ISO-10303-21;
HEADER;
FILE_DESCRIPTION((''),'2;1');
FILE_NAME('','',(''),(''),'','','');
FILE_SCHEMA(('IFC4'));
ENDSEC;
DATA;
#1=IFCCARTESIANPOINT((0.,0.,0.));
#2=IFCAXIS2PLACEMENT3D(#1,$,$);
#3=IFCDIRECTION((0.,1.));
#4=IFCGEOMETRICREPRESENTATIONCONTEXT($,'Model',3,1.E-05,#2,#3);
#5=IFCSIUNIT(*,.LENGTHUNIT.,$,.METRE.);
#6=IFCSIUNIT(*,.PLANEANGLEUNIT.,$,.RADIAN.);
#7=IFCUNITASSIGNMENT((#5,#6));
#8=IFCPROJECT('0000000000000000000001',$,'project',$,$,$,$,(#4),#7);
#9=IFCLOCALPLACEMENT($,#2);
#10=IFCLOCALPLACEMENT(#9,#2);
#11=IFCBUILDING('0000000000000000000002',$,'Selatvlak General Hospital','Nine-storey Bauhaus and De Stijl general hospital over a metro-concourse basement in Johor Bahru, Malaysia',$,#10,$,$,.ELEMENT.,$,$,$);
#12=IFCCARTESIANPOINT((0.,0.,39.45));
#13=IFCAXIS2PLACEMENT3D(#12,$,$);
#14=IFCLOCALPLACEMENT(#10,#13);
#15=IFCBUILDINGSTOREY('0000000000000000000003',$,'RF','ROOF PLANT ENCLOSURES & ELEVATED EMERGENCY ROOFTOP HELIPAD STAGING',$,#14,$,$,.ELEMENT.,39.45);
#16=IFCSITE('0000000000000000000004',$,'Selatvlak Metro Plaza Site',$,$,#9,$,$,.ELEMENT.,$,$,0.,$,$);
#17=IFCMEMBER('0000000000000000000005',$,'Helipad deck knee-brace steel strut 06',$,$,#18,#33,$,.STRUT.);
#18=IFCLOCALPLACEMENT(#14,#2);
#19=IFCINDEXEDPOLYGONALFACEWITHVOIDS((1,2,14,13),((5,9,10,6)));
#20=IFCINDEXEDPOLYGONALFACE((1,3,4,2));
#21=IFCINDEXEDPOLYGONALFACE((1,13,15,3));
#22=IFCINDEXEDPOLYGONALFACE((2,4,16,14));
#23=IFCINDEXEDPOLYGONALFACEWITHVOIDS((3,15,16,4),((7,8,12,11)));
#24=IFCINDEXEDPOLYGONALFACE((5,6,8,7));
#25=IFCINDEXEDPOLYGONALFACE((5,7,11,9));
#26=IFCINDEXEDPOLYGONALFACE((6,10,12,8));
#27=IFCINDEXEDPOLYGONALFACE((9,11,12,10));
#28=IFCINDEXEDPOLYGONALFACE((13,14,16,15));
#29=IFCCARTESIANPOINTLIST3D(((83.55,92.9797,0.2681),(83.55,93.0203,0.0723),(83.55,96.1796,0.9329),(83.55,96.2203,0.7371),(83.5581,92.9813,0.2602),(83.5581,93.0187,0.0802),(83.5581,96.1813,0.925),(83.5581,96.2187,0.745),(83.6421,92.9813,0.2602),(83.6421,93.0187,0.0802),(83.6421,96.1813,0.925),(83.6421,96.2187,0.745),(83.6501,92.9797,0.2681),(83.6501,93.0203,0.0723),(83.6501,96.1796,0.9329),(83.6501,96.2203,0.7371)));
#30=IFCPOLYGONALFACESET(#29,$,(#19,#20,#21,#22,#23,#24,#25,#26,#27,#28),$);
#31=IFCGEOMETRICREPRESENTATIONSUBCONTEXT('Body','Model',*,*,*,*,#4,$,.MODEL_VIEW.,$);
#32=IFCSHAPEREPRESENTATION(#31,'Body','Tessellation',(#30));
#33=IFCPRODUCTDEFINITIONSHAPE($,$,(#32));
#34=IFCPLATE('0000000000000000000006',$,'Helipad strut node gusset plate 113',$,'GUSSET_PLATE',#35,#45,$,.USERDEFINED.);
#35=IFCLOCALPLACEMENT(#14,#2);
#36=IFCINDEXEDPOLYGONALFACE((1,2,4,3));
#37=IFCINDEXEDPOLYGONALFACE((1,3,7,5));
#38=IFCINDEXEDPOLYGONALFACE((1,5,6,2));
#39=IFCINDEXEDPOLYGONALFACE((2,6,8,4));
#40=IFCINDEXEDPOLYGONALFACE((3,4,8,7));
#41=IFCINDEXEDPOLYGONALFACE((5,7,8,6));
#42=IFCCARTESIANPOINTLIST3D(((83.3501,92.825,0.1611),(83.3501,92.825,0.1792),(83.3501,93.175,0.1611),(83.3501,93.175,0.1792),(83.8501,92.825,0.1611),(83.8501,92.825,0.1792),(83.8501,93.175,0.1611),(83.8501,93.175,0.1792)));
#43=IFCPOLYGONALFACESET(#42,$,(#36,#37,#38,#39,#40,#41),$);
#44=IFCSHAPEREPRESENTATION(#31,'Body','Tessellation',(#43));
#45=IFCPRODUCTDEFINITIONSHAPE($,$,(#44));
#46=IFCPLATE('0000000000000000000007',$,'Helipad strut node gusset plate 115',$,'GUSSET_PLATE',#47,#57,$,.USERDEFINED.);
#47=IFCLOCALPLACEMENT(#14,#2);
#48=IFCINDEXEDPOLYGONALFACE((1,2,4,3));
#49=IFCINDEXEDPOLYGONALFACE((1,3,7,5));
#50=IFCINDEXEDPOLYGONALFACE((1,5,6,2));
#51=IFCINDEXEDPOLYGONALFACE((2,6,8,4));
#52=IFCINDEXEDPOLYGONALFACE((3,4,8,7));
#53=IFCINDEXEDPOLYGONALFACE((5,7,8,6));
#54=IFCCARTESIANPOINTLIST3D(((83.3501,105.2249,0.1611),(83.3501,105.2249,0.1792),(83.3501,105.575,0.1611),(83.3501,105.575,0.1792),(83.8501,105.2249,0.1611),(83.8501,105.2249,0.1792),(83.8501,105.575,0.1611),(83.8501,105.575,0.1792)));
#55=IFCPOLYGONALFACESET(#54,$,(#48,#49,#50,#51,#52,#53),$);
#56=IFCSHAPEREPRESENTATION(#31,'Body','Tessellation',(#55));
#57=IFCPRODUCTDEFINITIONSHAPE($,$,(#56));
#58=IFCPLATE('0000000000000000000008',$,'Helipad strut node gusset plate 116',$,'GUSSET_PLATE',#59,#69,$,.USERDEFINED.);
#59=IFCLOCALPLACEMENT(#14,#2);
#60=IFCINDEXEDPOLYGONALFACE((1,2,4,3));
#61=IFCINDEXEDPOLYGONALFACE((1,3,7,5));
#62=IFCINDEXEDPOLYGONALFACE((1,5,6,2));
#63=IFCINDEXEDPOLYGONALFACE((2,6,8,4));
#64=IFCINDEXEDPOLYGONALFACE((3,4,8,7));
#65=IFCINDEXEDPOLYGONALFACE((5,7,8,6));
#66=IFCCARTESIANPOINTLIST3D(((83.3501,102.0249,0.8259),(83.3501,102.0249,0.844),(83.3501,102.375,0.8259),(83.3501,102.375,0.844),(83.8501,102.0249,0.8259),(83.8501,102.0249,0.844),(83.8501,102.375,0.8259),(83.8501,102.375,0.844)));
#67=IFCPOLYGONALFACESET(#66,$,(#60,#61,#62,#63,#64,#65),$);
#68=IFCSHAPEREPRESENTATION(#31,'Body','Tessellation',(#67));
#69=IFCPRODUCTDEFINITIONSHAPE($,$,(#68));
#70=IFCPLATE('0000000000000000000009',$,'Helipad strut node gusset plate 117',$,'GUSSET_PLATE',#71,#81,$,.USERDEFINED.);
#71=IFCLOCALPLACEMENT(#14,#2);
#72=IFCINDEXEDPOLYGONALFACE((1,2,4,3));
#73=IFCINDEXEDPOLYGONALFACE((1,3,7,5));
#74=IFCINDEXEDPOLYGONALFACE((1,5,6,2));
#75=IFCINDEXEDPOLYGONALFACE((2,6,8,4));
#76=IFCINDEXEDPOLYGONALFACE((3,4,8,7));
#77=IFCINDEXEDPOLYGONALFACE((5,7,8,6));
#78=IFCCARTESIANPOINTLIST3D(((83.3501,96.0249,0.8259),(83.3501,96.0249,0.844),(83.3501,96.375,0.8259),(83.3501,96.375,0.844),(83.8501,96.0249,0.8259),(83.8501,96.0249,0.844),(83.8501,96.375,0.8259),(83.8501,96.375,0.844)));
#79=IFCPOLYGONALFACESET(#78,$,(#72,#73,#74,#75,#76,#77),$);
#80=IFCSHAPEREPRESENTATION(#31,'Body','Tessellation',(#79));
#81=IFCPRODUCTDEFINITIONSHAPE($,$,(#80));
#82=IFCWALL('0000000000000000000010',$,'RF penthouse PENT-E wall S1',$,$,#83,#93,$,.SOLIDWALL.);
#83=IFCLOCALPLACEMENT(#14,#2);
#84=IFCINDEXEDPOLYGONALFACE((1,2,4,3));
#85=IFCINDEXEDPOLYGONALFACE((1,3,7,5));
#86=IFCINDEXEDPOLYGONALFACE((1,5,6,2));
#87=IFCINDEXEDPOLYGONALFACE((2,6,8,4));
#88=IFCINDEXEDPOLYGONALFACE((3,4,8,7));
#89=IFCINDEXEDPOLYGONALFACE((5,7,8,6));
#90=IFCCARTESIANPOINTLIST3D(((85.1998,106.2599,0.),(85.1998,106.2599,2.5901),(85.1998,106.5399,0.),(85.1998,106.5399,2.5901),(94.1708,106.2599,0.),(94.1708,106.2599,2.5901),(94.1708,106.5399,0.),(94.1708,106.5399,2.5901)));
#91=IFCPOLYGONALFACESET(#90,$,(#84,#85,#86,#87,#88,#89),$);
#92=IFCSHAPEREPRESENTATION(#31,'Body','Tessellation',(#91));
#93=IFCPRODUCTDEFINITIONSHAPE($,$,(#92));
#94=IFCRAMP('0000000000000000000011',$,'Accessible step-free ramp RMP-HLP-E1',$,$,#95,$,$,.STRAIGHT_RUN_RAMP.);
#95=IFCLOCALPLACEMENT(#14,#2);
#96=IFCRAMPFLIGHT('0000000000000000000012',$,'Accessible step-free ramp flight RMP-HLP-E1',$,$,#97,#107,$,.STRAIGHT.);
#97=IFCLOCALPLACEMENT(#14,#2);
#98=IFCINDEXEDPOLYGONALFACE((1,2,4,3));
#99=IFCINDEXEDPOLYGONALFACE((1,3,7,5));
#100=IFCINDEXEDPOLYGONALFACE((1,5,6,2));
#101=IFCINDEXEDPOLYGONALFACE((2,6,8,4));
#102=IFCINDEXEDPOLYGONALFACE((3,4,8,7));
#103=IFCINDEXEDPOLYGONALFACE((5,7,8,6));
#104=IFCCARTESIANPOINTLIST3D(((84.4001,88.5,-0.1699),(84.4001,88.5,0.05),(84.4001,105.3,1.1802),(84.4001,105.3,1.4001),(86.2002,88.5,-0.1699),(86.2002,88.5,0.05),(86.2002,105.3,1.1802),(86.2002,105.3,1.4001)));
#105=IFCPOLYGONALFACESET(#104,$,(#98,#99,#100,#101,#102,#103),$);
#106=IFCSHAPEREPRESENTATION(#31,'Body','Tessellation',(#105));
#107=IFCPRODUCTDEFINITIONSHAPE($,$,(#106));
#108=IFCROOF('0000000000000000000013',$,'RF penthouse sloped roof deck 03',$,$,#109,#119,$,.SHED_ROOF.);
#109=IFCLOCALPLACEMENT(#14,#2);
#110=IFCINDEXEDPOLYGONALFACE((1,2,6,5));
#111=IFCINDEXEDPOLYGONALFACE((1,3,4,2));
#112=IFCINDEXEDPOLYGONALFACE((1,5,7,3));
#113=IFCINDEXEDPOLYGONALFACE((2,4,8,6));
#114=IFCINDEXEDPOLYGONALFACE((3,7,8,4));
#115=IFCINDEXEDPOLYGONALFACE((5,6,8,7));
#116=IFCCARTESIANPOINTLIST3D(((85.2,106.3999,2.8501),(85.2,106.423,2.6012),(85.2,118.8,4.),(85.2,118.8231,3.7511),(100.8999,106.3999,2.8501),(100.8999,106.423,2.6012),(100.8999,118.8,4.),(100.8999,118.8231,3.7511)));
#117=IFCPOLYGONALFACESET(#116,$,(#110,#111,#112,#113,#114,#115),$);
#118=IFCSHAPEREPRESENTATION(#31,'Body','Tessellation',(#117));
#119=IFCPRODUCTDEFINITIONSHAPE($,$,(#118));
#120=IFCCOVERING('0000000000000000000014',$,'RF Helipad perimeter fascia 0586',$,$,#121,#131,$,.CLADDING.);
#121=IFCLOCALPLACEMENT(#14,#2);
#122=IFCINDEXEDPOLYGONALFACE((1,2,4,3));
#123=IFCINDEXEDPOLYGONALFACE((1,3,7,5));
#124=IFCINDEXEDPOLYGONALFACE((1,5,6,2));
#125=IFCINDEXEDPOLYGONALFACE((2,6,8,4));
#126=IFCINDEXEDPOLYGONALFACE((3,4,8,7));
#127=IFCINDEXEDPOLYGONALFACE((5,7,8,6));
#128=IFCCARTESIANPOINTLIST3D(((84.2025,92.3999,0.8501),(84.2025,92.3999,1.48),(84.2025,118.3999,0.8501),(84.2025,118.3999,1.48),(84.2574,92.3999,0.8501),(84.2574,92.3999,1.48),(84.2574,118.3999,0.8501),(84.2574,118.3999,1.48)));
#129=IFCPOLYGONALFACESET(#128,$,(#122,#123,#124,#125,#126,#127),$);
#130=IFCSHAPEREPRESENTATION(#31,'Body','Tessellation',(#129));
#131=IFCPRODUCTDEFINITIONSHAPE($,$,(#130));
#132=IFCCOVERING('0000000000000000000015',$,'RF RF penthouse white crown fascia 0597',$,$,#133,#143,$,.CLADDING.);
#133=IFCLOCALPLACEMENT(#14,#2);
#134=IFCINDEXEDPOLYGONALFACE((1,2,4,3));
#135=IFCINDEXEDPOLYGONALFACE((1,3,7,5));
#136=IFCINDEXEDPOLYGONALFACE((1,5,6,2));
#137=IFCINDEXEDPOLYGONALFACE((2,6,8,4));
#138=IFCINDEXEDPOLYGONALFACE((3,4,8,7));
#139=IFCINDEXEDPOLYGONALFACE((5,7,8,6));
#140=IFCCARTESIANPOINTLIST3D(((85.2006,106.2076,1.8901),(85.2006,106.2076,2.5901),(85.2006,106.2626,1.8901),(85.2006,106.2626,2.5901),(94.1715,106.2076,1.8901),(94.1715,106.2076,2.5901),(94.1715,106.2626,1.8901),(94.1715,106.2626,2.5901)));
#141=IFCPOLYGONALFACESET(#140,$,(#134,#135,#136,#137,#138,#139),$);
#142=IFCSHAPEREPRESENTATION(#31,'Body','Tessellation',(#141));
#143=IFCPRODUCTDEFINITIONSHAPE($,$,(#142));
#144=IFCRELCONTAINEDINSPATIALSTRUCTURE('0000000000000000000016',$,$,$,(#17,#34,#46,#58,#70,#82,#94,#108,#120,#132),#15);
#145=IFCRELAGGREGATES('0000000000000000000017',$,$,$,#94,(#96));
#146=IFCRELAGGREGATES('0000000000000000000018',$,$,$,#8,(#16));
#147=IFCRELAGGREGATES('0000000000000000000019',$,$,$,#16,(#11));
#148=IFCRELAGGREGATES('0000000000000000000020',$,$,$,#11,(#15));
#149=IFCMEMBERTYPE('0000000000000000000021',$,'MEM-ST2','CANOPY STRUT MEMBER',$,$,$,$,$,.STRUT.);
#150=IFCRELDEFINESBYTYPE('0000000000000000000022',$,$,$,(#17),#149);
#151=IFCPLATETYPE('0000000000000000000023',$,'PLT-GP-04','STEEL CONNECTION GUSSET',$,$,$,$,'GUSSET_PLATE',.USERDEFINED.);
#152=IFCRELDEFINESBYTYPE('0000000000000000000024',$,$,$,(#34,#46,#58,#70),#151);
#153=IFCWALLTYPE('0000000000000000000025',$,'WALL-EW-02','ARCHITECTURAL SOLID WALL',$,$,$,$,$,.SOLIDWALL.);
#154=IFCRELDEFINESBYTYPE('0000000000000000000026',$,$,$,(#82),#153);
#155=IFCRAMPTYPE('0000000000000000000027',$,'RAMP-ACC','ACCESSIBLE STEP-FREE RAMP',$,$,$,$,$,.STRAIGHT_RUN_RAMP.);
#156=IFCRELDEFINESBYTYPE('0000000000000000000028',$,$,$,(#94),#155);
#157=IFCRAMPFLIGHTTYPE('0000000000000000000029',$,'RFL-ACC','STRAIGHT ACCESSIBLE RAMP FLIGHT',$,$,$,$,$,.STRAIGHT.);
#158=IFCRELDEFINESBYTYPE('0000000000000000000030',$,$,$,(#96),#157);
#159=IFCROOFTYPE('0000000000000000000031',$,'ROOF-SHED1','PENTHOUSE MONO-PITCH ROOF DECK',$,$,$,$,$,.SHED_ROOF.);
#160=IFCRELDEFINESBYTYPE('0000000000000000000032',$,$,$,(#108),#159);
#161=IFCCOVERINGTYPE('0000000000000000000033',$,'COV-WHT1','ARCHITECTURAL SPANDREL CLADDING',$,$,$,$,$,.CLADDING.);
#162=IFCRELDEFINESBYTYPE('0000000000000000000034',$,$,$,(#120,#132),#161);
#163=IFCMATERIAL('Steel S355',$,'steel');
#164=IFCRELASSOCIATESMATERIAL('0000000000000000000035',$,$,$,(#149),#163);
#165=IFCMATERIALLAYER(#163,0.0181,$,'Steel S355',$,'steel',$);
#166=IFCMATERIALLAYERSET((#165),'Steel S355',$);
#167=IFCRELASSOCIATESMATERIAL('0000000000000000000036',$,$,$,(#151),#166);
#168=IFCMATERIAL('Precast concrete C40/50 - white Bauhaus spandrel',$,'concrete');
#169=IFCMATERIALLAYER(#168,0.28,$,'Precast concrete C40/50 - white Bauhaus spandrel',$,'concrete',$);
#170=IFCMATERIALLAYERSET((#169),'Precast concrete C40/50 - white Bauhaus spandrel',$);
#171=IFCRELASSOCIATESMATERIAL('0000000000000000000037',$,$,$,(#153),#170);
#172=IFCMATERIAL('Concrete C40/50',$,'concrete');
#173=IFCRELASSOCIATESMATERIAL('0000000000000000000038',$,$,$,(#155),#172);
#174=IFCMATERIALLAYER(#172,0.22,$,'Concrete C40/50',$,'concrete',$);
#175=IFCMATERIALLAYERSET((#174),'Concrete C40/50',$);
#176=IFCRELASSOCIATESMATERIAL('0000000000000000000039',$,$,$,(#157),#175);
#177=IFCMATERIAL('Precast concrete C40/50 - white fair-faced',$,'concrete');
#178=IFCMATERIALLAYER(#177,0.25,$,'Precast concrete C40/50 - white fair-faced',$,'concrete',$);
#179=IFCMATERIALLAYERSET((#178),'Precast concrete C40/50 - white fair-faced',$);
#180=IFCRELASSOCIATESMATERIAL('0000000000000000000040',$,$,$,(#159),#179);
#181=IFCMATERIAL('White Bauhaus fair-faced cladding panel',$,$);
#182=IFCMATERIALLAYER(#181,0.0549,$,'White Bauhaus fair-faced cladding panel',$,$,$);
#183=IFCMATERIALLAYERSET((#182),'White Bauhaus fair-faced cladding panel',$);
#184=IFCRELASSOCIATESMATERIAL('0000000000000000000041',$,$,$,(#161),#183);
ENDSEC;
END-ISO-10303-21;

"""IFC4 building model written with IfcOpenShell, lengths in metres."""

from ifc_helpers import new_model, si_unit, direction, frame, frame_2d, origin, origin_2d, place, context, subcontext, project, spatial, polyline, rectangle, hollow_rectangle, outline, extrude, material, layer, layer_set, material_profile, profile_set, type_object, element, aggregate, save


model = new_model("IFC4")

# Units and contexts
model_context = context("Model", 3, precision=1e-05, world=origin(), true_north=direction((0.0, 1.0)))
body_context = subcontext(model_context, "Body", "Model", "MODEL_VIEW")
ifc_project = project(units=[si_unit("LENGTHUNIT", "METRE"), si_unit("PLANEANGLEUNIT", "RADIAN")], contexts=[model_context])

# Site, building, storey
site_placement = place(None, origin())
site = spatial("IfcSite", under=ifc_project, at=site_placement, Name="Selatvlak Metro Plaza Site", CompositionType="ELEMENT", RefElevation=0.0)
building_placement = place(site_placement, origin())
building = spatial("IfcBuilding", under=site, at=building_placement, Name="Selatvlak General Hospital", Description="Nine-storey Bauhaus and De Stijl general hospital over a metro-concourse basement in Johor Bahru, Malaysia", CompositionType="ELEMENT")
storey_placement = place(building_placement, frame((0.0, 0.0, 39.45)))
storey = spatial("IfcBuildingStorey", under=building, at=storey_placement, Name="RF", Description="ROOF PLANT ENCLOSURES & ELEVATED EMERGENCY ROOFTOP HELIPAD STAGING", CompositionType="ELEMENT", Elevation=39.45)

# Shared definitions
ifc_material_1 = material(Name="Steel S355", Category="steel")

# Shared definitions
ifc_material_2 = material(Name="Concrete C40/50", Category="concrete")

# Member
ifc_material_profile_1 = material_profile(ifc_material_1, hollow_rectangle(XDim=0.1001, YDim=0.2, WallThickness=0.0081, at=origin_2d()), Name="RHS 200x100x8")
ifc_profile_set_1 = profile_set([ifc_material_profile_1], Name="Steel S355")
member_type = type_object("IfcMemberType", Name="MEM-ST2", Description="CANOPY STRUT MEMBER", PredefinedType="STRUT", material=ifc_profile_set_1)
for number, where, z_axis, x_axis, name in (
    (1, (83.6001, 93.0, 0.1702), (0.0, 0.979094, 0.203408), (-1.0, 0.0, 0.0), "Helipad deck knee-brace steel strut 06"),
):
    element("IfcMember", number, at=place(storey_placement, frame(where, z_axis=z_axis, x_axis=x_axis)), inside=storey, type_object=member_type, Name=name, PredefinedType="STRUT", context=body_context, shape_type="SweptSolid", body=[
        extrude(hollow_rectangle(XDim=0.1001, YDim=0.2, WallThickness=0.0081, at=origin_2d()), origin(), (0.0, 0.0, 1.0), 3.2683),
    ])

# Plates
ifc_layer_1 = layer(ifc_material_1, 0.0181, Name="Steel S355", Category="steel")
ifc_layer_set_1 = layer_set([ifc_layer_1], Name="Steel S355")
plate_type = type_object("IfcPlateType", Name="PLT-GP-04", Description="STEEL CONNECTION GUSSET", ElementType="GUSSET_PLATE", PredefinedType="USERDEFINED", material=ifc_layer_set_1)
for number, where, z_axis, x_axis, name in (
    (2, (83.6001, 93.0, 0.1611), (0.0, 0.0, 1.0), (1.0, 0.0, 0.0), "Helipad strut node gusset plate 113"),
    (3, (83.6001, 105.3999, 0.1611), (0.0, 0.0, 1.0), (1.0, 0.0, 0.0), "Helipad strut node gusset plate 115"),
    (4, (83.6001, 102.2, 0.8259), (0.0, 0.0, 1.0), (1.0, 0.0, 0.0), "Helipad strut node gusset plate 116"),
    (5, (83.6001, 96.2, 0.8259), (0.0, 0.0, 1.0), (1.0, 0.0, 0.0), "Helipad strut node gusset plate 117"),
):
    element("IfcPlate", number, at=place(storey_placement, frame(where, z_axis=z_axis, x_axis=x_axis)), inside=storey, type_object=plate_type, Name=name, ObjectType="GUSSET_PLATE", PredefinedType="USERDEFINED", context=body_context, shape_type="SweptSolid", body=[
        extrude(rectangle(XDim=0.5, YDim=0.3501, at=origin_2d()), origin(), (0.0, 0.0, 1.0), 0.0181),
    ])

# Wall
ifc_material_3 = material(Name="Precast concrete C40/50 - white Bauhaus spandrel", Category="concrete")
ifc_layer_2 = layer(ifc_material_3, 0.28, Name="Precast concrete C40/50 - white Bauhaus spandrel", Category="concrete")
ifc_layer_set_2 = layer_set([ifc_layer_2], Name="Precast concrete C40/50 - white Bauhaus spandrel")
wall_type = type_object("IfcWallType", Name="WALL-EW-02", Description="ARCHITECTURAL SOLID WALL", PredefinedType="SOLIDWALL", material=ifc_layer_set_2)
wall_placement = place(storey_placement, frame((85.2, 106.3999, 0.0), z_axis=(0.0, 0.0, 1.0), x_axis=(1.0, 0.0, 0.0)))
element("IfcWall", 6, at=wall_placement, inside=storey, type_object=wall_type, Name="RF penthouse PENT-E wall S1", PredefinedType="SOLIDWALL", context=body_context, shape_type="SweptSolid", body=[
    extrude(rectangle(XDim=8.9709, YDim=0.28, at=frame_2d((4.4854, 0.0))), origin(), (0.0, 0.0, 1.0), 2.5901),
])

# Ramp, ramp flight
ramp_type = type_object("IfcRampType", Name="RAMP-ACC", Description="ACCESSIBLE STEP-FREE RAMP", PredefinedType="STRAIGHT_RUN_RAMP", material=ifc_material_2)
ramp_placement = place(storey_placement, origin())
ramp = element("IfcRamp", 7, at=ramp_placement, inside=storey, type_object=ramp_type, Name="Accessible step-free ramp RMP-HLP-E1", PredefinedType="STRAIGHT_RUN_RAMP")
ifc_layer_3 = layer(ifc_material_2, 0.22, Name="Concrete C40/50", Category="concrete")
ifc_layer_set_3 = layer_set([ifc_layer_3], Name="Concrete C40/50")
ramp_flight_type = type_object("IfcRampFlightType", Name="RFL-ACC", Description="STRAIGHT ACCESSIBLE RAMP FLIGHT", PredefinedType="STRAIGHT", material=ifc_layer_set_3)
ramp_flight_placement = place(storey_placement, frame((85.3, 88.5, 0.05), z_axis=(0.0, 0.0, 1.0), x_axis=(0.0, 1.0, 0.0)))
ramp_flight = element("IfcRampFlight", 8, at=ramp_flight_placement, type_object=ramp_flight_type, Name="Accessible step-free ramp flight RMP-HLP-E1", PredefinedType="STRAIGHT", context=body_context, shape_type="SweptSolid", body=[
    extrude(outline(polyline([(0.0, -0.22), (16.8, 1.1301), (16.8, 1.3501), (0.0, 0.0), (0.0, -0.22)])), frame((0.0, 0.8999, 0.0), z_axis=(0.0, -1.0, 0.0), x_axis=(1.0, 0.0, 0.0)), (0.0, 0.0, 1.0), 1.8),
])
aggregate(ramp, [ramp_flight])

# Roof
ifc_material_4 = material(Name="Precast concrete C40/50 - white fair-faced", Category="concrete")
ifc_layer_4 = layer(ifc_material_4, 0.25, Name="Precast concrete C40/50 - white fair-faced", Category="concrete")
ifc_layer_set_4 = layer_set([ifc_layer_4], Name="Precast concrete C40/50 - white fair-faced")
roof_type = type_object("IfcRoofType", Name="ROOF-SHED1", Description="PENTHOUSE MONO-PITCH ROOF DECK", PredefinedType="SHED_ROOF", material=ifc_layer_set_4)
roof_placement = place(storey_placement, frame((85.2, 106.3999, 2.8501), z_axis=(0.0, -0.092337, 0.995728), x_axis=(1.0, 0.0, 0.0)))
element("IfcRoof", 9, at=roof_placement, inside=storey, type_object=roof_type, Name="RF penthouse sloped roof deck 03", PredefinedType="SHED_ROOF", context=body_context, shape_type="SweptSolid", body=[
    extrude(outline(polyline([(0.0, 0.0), (15.7, 0.0), (15.7, 12.4533), (0.0, 12.4533), (0.0, 0.0)])), origin(), (0.0, 0.0, -1.0), 0.25),
])

# Coverings
ifc_material_5 = material(Name="White Bauhaus fair-faced cladding panel")
ifc_layer_5 = layer(ifc_material_5, 0.0549, Name="White Bauhaus fair-faced cladding panel")
ifc_layer_set_5 = layer_set([ifc_layer_5], Name="White Bauhaus fair-faced cladding panel")
covering_type = type_object("IfcCoveringType", Name="COV-WHT1", Description="ARCHITECTURAL SPANDREL CLADDING", PredefinedType="CLADDING", material=ifc_layer_set_5)
covering_1_placement = place(storey_placement, frame((84.23, 105.3999, 0.8501), z_axis=(0.0, 0.0, 1.0), x_axis=(0.0, 1.0, 0.0)))
element("IfcCovering", 10, at=covering_1_placement, inside=storey, type_object=covering_type, Name="RF Helipad perimeter fascia 0586", PredefinedType="CLADDING", context=body_context, shape_type="SweptSolid", body=[
    extrude(rectangle(XDim=26.0, YDim=0.0549, at=origin_2d()), origin(), (0.0, 0.0, 1.0), 0.6299),
])
covering_2_placement = place(storey_placement, frame((89.686, 106.2351, 1.8901), z_axis=(0.0, 0.0, 1.0), x_axis=(1.0, 0.0, 0.0)))
element("IfcCovering", 11, at=covering_2_placement, inside=storey, type_object=covering_type, Name="RF RF penthouse white crown fascia 0597", PredefinedType="CLADDING", context=body_context, shape_type="SweptSolid", body=[
    extrude(rectangle(XDim=8.9709, YDim=0.0549, at=origin_2d()), origin(), (0.0, 0.0, 1.0), 0.7),
])

save(model, "model.ifc")
